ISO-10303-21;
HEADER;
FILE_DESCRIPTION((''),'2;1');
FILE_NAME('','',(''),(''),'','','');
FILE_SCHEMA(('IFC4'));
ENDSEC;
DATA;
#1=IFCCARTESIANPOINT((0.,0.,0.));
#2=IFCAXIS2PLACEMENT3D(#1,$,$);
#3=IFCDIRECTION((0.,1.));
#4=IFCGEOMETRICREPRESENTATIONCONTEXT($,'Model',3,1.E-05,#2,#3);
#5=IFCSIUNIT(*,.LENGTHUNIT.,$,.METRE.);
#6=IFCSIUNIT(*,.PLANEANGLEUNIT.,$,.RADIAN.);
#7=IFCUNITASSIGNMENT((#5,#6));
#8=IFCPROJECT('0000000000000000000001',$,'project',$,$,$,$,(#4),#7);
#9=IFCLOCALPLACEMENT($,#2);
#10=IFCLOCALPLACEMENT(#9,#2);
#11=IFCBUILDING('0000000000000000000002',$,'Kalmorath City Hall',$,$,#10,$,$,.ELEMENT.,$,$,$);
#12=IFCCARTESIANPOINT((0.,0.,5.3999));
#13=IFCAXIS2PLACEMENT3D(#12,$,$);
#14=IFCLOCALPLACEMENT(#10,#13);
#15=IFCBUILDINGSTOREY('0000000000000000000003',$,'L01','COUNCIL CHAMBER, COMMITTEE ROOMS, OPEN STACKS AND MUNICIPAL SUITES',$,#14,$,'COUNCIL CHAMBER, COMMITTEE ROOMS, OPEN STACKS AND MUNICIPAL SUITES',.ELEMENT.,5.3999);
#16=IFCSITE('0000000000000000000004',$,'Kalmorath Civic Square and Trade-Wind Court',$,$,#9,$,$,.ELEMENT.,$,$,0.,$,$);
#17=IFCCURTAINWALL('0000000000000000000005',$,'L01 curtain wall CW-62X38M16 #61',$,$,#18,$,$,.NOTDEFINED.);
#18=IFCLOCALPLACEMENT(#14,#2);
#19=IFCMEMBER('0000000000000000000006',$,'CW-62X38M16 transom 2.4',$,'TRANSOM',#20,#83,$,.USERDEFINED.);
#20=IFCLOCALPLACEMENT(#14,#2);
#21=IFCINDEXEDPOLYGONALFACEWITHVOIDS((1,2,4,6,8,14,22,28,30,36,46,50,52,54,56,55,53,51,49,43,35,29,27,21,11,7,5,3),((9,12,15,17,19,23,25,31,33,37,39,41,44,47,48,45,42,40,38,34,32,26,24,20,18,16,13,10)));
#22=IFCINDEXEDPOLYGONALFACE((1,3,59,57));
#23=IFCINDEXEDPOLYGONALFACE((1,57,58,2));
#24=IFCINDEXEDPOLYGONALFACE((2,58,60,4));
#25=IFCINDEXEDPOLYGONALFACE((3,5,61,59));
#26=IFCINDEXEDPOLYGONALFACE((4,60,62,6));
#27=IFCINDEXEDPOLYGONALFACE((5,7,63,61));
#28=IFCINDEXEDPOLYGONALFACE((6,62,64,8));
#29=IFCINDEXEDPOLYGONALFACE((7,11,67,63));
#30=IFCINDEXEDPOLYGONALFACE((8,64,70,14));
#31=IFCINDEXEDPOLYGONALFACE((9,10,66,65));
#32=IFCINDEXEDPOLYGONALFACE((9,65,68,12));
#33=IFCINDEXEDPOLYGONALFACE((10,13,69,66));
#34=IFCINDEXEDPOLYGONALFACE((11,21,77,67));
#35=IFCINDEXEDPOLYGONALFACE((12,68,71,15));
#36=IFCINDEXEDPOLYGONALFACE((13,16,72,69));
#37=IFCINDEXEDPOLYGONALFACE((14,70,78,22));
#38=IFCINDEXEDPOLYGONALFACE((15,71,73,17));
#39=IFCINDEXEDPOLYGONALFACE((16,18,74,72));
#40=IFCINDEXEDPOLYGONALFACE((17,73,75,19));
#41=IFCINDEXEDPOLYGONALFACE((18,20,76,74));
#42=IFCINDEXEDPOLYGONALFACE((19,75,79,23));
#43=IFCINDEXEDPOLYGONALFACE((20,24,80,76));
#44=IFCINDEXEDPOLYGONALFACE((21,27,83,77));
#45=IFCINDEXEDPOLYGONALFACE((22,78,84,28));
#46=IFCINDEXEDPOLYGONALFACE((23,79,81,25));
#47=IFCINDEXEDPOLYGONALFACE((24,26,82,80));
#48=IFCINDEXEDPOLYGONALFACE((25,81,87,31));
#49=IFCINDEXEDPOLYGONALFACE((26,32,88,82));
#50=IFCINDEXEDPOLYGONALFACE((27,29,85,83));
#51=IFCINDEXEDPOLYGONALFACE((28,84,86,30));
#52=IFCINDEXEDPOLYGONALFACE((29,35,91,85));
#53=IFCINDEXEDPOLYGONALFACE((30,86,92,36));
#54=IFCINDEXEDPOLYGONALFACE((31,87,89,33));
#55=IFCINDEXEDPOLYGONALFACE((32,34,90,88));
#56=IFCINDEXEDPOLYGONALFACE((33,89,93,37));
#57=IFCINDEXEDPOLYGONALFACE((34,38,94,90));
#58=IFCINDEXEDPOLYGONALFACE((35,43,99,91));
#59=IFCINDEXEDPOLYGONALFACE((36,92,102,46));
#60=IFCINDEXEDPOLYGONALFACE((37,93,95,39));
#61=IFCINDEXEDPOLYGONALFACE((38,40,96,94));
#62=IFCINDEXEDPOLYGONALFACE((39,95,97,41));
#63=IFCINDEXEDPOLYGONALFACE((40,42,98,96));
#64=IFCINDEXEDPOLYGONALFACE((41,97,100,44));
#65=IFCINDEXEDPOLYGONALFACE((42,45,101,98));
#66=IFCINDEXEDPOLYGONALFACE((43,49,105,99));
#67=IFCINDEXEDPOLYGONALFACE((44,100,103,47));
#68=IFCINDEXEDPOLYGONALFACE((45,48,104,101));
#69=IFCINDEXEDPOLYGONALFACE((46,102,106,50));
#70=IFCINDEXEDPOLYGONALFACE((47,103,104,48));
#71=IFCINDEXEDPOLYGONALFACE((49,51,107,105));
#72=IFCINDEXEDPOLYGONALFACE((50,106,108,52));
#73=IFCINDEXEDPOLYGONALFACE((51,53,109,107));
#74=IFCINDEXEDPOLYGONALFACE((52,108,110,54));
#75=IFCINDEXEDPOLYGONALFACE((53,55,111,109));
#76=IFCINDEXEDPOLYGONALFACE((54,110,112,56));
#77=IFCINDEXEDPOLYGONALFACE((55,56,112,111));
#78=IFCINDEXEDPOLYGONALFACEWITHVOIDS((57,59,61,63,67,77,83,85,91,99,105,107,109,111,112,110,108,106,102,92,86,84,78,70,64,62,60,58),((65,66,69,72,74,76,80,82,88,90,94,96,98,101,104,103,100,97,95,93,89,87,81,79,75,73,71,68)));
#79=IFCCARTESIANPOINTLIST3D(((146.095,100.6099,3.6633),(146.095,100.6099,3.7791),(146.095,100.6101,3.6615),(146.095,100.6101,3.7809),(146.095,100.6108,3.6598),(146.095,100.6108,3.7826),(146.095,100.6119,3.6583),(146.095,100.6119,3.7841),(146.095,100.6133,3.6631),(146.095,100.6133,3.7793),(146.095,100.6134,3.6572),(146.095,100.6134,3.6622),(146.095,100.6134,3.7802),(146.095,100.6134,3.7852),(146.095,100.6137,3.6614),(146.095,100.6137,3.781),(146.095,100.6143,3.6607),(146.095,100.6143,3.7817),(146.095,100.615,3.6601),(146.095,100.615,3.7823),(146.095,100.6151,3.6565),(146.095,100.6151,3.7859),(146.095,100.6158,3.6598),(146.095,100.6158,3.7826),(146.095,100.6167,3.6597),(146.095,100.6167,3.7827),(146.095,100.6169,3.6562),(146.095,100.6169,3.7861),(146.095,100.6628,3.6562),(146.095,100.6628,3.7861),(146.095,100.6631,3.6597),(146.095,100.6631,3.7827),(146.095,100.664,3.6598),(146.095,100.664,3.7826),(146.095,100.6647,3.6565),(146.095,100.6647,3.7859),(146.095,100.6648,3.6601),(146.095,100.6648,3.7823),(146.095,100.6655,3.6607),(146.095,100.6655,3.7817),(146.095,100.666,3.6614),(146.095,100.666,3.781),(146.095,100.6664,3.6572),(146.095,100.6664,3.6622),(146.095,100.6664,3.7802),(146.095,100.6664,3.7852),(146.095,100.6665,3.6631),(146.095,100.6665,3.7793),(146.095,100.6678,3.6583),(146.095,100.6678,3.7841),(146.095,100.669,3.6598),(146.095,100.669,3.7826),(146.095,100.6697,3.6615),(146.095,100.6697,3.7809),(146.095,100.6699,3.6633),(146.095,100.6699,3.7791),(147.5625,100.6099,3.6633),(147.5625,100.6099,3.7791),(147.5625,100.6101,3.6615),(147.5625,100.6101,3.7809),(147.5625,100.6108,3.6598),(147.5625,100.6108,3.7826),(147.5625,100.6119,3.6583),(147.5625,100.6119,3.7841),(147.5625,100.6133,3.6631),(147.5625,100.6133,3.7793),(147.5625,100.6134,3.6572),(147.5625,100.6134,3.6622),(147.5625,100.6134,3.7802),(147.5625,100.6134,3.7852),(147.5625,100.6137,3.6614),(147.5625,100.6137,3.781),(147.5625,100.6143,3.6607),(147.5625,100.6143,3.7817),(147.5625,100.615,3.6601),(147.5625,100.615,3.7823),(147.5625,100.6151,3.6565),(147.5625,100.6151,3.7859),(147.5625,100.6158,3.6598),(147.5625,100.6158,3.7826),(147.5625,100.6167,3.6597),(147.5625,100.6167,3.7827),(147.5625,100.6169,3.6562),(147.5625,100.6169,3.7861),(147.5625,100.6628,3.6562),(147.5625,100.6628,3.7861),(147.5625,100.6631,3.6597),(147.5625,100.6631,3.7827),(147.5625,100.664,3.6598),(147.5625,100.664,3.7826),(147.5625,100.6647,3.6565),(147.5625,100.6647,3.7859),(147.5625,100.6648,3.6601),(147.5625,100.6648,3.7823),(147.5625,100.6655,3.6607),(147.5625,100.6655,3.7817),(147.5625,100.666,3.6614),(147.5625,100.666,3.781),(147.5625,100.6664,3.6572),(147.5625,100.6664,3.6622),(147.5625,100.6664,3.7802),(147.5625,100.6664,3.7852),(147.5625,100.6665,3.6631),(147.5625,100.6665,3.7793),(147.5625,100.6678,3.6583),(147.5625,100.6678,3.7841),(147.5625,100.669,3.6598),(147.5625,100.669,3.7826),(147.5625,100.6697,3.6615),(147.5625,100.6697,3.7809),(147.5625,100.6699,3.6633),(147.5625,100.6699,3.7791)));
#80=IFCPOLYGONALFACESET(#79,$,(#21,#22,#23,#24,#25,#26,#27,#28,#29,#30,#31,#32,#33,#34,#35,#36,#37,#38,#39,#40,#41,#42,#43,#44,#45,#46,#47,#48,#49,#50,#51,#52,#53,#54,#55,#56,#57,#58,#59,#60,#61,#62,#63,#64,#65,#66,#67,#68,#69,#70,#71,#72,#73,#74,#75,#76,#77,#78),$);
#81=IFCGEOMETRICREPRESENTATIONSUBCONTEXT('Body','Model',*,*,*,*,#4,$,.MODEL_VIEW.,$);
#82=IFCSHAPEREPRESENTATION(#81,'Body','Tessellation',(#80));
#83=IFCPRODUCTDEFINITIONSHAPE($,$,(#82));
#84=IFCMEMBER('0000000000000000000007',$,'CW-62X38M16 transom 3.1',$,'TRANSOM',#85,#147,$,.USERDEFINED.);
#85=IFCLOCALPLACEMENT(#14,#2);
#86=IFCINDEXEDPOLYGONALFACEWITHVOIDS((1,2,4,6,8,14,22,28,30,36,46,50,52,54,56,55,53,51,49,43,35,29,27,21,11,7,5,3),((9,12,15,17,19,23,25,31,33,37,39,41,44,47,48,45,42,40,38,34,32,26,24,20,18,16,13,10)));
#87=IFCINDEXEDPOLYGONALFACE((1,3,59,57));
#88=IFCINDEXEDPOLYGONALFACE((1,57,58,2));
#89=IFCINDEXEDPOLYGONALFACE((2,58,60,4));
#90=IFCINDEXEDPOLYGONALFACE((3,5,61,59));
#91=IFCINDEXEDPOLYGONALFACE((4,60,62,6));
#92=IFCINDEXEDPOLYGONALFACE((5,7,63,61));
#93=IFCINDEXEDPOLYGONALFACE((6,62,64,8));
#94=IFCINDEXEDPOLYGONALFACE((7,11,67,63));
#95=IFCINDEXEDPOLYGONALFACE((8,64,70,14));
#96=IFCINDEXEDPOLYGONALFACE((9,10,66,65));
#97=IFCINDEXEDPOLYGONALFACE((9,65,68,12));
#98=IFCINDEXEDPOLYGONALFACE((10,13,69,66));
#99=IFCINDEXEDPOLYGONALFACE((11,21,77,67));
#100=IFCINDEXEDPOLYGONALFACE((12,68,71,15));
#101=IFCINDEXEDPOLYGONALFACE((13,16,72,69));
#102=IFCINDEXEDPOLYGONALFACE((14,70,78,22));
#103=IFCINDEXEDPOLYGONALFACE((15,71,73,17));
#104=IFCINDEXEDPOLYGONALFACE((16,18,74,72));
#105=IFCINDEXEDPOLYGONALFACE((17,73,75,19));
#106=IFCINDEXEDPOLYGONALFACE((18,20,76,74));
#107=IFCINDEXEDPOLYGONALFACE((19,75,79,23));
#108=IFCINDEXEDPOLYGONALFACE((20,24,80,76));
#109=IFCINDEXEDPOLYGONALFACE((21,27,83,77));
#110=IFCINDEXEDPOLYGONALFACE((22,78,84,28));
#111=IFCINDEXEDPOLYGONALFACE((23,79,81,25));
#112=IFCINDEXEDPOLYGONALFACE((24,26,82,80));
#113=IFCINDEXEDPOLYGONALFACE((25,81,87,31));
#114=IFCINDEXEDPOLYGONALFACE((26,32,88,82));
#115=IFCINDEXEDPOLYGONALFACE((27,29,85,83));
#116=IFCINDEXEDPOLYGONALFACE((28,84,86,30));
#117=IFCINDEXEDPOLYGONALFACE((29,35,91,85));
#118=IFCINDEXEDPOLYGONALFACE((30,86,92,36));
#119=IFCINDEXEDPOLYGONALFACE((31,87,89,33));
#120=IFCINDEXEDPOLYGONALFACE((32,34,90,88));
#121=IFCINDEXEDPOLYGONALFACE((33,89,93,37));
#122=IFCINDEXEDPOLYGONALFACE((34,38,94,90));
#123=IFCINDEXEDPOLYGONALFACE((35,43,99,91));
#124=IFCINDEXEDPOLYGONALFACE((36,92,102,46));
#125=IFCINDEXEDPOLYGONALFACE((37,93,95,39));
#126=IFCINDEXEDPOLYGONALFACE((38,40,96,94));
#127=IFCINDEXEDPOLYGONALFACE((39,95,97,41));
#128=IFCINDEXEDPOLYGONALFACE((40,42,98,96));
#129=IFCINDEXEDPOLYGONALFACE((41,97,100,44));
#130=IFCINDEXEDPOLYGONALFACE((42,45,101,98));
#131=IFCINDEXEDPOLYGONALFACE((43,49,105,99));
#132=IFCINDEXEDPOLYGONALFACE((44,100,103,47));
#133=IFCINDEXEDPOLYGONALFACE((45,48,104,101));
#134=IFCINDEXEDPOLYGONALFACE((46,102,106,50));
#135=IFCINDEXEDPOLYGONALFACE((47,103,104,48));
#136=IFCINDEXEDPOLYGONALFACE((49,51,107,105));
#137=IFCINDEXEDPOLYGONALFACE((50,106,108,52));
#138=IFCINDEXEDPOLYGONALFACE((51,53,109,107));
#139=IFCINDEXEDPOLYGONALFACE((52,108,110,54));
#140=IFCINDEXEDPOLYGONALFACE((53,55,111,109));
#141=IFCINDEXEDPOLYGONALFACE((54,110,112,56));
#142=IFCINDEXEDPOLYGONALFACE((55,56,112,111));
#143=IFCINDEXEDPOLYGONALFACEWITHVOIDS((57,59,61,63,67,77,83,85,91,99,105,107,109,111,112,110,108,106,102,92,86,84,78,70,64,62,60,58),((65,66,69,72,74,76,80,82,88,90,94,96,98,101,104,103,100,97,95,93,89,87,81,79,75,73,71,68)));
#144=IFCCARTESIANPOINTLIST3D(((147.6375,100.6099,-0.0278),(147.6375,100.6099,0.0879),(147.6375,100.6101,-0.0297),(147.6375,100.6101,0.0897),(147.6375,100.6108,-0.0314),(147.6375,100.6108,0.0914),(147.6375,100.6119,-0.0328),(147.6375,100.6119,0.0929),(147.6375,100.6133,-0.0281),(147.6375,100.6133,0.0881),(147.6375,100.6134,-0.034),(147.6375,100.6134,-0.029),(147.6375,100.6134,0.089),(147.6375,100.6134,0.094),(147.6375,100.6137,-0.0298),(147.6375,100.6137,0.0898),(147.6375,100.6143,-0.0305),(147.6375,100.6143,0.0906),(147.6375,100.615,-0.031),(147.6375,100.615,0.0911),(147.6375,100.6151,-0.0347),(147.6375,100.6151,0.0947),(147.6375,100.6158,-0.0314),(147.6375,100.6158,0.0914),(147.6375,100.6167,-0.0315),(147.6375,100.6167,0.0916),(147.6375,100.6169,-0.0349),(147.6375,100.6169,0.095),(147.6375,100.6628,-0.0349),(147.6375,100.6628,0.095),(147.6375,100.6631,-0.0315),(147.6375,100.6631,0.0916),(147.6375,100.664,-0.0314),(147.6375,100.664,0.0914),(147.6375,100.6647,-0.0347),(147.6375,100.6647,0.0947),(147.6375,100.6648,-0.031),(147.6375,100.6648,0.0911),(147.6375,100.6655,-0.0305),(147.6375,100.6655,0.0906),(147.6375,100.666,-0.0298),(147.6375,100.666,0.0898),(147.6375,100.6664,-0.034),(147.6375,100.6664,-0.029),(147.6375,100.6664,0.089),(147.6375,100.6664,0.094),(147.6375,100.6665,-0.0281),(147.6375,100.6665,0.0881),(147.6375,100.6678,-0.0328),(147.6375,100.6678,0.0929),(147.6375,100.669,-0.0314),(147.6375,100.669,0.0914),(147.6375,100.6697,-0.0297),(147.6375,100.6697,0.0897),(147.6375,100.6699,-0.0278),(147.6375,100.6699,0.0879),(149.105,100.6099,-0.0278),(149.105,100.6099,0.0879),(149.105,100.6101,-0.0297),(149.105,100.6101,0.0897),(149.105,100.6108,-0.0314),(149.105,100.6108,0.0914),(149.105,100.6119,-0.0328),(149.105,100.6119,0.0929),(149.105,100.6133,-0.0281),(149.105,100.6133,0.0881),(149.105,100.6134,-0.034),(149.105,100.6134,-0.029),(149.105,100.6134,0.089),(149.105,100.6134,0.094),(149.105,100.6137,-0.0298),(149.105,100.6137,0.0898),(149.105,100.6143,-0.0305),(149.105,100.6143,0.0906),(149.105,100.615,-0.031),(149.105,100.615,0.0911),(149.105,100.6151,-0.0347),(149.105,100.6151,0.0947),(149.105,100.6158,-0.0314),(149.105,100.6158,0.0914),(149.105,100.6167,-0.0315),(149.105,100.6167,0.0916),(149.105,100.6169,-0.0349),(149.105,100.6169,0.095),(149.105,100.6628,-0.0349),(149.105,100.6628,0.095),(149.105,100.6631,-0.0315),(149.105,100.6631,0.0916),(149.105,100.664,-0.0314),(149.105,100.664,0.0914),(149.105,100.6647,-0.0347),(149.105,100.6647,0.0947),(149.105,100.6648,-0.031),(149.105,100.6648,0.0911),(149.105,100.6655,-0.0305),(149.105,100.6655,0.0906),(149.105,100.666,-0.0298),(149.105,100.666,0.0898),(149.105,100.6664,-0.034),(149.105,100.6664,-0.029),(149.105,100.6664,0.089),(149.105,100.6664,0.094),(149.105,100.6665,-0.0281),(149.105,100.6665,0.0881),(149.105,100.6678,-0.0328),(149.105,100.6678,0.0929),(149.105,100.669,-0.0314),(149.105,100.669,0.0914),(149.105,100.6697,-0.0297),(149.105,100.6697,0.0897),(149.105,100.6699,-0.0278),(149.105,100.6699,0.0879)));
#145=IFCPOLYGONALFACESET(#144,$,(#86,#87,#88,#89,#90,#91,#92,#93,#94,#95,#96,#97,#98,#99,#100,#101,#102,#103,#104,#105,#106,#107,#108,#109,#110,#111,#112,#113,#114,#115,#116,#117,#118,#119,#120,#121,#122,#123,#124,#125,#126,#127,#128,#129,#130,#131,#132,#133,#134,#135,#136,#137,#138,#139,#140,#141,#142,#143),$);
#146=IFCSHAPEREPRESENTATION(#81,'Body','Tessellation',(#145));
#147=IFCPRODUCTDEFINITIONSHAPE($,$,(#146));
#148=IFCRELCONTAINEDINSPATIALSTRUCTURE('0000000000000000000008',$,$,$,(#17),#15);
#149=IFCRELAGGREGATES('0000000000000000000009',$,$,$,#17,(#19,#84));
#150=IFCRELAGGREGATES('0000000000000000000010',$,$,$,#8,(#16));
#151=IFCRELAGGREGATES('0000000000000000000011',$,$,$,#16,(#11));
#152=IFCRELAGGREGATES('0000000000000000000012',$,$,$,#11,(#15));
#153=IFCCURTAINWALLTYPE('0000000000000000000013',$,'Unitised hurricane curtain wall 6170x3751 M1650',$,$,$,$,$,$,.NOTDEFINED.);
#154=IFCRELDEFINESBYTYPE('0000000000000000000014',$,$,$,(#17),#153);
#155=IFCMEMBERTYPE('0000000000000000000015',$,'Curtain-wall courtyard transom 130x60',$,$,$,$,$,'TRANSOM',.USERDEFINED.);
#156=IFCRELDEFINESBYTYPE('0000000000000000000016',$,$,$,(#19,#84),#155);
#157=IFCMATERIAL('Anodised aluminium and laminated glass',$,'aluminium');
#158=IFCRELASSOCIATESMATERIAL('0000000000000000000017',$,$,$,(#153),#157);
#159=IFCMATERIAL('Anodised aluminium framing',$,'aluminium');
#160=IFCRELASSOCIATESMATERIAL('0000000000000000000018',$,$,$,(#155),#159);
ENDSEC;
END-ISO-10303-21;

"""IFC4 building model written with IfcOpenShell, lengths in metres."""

from ifc_helpers import new_model, si_unit, direction, frame, origin, origin_2d, place, context, subcontext, project, spatial, hollow_rectangle, extrude, material, material_profile, profile_set, type_object, element, aggregate, save


model = new_model("IFC4")

# Units and contexts
model_context = context("Model", 3, precision=1e-05, world=origin(), true_north=direction((0.0, 1.0)))
body_context = subcontext(model_context, "Body", "Model", "MODEL_VIEW")
ifc_project = project(units=[si_unit("LENGTHUNIT", "METRE"), si_unit("PLANEANGLEUNIT", "RADIAN")], contexts=[model_context])

# Site, building, storey
site_placement = place(None, origin())
site = spatial("IfcSite", under=ifc_project, at=site_placement, Name="Kalmorath Civic Square and Trade-Wind Court", CompositionType="ELEMENT", RefElevation=0.0)
building_placement = place(site_placement, origin())
building = spatial("IfcBuilding", under=site, at=building_placement, Name="Kalmorath City Hall", CompositionType="ELEMENT")
storey_placement = place(building_placement, frame((0.0, 0.0, 5.3999)))
storey = spatial("IfcBuildingStorey", under=building, at=storey_placement, Name="L01", Description="COUNCIL CHAMBER, COMMITTEE ROOMS, OPEN STACKS AND MUNICIPAL SUITES", LongName="COUNCIL CHAMBER, COMMITTEE ROOMS, OPEN STACKS AND MUNICIPAL SUITES", CompositionType="ELEMENT", Elevation=5.3999)

# Curtain wall, members
ifc_material_1 = material(Name="Anodised aluminium and laminated glass", Category="aluminium")
curtain_wall_type = type_object("IfcCurtainWallType", Name="Unitised hurricane curtain wall 6170x3751 M1650", PredefinedType="NOTDEFINED", material=ifc_material_1)
curtain_wall_placement = place(storey_placement, origin())
curtain_wall = element("IfcCurtainWall", 1, at=curtain_wall_placement, inside=storey, type_object=curtain_wall_type, Name="L01 curtain wall CW-62X38M16 #61", PredefinedType="NOTDEFINED")
ifc_material_2 = material(Name="Anodised aluminium framing", Category="aluminium")
ifc_material_profile_1 = material_profile(ifc_material_2, hollow_rectangle(XDim=0.0601, YDim=0.1299, WallThickness=0.0034, InnerFilletRadius=0.0034, OuterFilletRadius=0.0071, at=origin_2d()), Name="ALU-TRN-130X60X3.5")
ifc_profile_set_1 = profile_set([ifc_material_profile_1], Name="Anodised aluminium framing")
member_type_1 = type_object("IfcMemberType", Name="Curtain-wall courtyard transom 130x60", ElementType="TRANSOM", PredefinedType="USERDEFINED", material=ifc_profile_set_1)
member_1_placement = place(storey_placement, frame((146.095, 100.6399, 3.7212), z_axis=(1.0, 0.0, 0.0), x_axis=(0.0, 1.0, 0.0)))
member_1 = element("IfcMember", 2, at=member_1_placement, type_object=member_type_1, Name="CW-62X38M16 transom 2.4", ObjectType="TRANSOM", PredefinedType="USERDEFINED", context=body_context, shape_type="SweptSolid", body=[
    extrude(hollow_rectangle(XDim=0.0601, YDim=0.1299, WallThickness=0.0034, InnerFilletRadius=0.0034, OuterFilletRadius=0.0071, at=origin_2d()), origin(), (0.0, 0.0, 1.0), 1.4675),
])
member_2_placement = place(storey_placement, frame((147.6375, 100.6399, 0.03), z_axis=(1.0, 0.0, 0.0), x_axis=(0.0, 1.0, 0.0)))
member_2 = element("IfcMember", 3, at=member_2_placement, type_object=member_type_1, Name="CW-62X38M16 transom 3.1", ObjectType="TRANSOM", PredefinedType="USERDEFINED", context=body_context, shape_type="SweptSolid", body=[
    extrude(hollow_rectangle(XDim=0.0601, YDim=0.1299, WallThickness=0.0034, InnerFilletRadius=0.0034, OuterFilletRadius=0.0071, at=origin_2d()), origin(), (0.0, 0.0, 1.0), 1.4675),
])
aggregate(curtain_wall, [member_1, member_2])

save(model, "model.ifc")
